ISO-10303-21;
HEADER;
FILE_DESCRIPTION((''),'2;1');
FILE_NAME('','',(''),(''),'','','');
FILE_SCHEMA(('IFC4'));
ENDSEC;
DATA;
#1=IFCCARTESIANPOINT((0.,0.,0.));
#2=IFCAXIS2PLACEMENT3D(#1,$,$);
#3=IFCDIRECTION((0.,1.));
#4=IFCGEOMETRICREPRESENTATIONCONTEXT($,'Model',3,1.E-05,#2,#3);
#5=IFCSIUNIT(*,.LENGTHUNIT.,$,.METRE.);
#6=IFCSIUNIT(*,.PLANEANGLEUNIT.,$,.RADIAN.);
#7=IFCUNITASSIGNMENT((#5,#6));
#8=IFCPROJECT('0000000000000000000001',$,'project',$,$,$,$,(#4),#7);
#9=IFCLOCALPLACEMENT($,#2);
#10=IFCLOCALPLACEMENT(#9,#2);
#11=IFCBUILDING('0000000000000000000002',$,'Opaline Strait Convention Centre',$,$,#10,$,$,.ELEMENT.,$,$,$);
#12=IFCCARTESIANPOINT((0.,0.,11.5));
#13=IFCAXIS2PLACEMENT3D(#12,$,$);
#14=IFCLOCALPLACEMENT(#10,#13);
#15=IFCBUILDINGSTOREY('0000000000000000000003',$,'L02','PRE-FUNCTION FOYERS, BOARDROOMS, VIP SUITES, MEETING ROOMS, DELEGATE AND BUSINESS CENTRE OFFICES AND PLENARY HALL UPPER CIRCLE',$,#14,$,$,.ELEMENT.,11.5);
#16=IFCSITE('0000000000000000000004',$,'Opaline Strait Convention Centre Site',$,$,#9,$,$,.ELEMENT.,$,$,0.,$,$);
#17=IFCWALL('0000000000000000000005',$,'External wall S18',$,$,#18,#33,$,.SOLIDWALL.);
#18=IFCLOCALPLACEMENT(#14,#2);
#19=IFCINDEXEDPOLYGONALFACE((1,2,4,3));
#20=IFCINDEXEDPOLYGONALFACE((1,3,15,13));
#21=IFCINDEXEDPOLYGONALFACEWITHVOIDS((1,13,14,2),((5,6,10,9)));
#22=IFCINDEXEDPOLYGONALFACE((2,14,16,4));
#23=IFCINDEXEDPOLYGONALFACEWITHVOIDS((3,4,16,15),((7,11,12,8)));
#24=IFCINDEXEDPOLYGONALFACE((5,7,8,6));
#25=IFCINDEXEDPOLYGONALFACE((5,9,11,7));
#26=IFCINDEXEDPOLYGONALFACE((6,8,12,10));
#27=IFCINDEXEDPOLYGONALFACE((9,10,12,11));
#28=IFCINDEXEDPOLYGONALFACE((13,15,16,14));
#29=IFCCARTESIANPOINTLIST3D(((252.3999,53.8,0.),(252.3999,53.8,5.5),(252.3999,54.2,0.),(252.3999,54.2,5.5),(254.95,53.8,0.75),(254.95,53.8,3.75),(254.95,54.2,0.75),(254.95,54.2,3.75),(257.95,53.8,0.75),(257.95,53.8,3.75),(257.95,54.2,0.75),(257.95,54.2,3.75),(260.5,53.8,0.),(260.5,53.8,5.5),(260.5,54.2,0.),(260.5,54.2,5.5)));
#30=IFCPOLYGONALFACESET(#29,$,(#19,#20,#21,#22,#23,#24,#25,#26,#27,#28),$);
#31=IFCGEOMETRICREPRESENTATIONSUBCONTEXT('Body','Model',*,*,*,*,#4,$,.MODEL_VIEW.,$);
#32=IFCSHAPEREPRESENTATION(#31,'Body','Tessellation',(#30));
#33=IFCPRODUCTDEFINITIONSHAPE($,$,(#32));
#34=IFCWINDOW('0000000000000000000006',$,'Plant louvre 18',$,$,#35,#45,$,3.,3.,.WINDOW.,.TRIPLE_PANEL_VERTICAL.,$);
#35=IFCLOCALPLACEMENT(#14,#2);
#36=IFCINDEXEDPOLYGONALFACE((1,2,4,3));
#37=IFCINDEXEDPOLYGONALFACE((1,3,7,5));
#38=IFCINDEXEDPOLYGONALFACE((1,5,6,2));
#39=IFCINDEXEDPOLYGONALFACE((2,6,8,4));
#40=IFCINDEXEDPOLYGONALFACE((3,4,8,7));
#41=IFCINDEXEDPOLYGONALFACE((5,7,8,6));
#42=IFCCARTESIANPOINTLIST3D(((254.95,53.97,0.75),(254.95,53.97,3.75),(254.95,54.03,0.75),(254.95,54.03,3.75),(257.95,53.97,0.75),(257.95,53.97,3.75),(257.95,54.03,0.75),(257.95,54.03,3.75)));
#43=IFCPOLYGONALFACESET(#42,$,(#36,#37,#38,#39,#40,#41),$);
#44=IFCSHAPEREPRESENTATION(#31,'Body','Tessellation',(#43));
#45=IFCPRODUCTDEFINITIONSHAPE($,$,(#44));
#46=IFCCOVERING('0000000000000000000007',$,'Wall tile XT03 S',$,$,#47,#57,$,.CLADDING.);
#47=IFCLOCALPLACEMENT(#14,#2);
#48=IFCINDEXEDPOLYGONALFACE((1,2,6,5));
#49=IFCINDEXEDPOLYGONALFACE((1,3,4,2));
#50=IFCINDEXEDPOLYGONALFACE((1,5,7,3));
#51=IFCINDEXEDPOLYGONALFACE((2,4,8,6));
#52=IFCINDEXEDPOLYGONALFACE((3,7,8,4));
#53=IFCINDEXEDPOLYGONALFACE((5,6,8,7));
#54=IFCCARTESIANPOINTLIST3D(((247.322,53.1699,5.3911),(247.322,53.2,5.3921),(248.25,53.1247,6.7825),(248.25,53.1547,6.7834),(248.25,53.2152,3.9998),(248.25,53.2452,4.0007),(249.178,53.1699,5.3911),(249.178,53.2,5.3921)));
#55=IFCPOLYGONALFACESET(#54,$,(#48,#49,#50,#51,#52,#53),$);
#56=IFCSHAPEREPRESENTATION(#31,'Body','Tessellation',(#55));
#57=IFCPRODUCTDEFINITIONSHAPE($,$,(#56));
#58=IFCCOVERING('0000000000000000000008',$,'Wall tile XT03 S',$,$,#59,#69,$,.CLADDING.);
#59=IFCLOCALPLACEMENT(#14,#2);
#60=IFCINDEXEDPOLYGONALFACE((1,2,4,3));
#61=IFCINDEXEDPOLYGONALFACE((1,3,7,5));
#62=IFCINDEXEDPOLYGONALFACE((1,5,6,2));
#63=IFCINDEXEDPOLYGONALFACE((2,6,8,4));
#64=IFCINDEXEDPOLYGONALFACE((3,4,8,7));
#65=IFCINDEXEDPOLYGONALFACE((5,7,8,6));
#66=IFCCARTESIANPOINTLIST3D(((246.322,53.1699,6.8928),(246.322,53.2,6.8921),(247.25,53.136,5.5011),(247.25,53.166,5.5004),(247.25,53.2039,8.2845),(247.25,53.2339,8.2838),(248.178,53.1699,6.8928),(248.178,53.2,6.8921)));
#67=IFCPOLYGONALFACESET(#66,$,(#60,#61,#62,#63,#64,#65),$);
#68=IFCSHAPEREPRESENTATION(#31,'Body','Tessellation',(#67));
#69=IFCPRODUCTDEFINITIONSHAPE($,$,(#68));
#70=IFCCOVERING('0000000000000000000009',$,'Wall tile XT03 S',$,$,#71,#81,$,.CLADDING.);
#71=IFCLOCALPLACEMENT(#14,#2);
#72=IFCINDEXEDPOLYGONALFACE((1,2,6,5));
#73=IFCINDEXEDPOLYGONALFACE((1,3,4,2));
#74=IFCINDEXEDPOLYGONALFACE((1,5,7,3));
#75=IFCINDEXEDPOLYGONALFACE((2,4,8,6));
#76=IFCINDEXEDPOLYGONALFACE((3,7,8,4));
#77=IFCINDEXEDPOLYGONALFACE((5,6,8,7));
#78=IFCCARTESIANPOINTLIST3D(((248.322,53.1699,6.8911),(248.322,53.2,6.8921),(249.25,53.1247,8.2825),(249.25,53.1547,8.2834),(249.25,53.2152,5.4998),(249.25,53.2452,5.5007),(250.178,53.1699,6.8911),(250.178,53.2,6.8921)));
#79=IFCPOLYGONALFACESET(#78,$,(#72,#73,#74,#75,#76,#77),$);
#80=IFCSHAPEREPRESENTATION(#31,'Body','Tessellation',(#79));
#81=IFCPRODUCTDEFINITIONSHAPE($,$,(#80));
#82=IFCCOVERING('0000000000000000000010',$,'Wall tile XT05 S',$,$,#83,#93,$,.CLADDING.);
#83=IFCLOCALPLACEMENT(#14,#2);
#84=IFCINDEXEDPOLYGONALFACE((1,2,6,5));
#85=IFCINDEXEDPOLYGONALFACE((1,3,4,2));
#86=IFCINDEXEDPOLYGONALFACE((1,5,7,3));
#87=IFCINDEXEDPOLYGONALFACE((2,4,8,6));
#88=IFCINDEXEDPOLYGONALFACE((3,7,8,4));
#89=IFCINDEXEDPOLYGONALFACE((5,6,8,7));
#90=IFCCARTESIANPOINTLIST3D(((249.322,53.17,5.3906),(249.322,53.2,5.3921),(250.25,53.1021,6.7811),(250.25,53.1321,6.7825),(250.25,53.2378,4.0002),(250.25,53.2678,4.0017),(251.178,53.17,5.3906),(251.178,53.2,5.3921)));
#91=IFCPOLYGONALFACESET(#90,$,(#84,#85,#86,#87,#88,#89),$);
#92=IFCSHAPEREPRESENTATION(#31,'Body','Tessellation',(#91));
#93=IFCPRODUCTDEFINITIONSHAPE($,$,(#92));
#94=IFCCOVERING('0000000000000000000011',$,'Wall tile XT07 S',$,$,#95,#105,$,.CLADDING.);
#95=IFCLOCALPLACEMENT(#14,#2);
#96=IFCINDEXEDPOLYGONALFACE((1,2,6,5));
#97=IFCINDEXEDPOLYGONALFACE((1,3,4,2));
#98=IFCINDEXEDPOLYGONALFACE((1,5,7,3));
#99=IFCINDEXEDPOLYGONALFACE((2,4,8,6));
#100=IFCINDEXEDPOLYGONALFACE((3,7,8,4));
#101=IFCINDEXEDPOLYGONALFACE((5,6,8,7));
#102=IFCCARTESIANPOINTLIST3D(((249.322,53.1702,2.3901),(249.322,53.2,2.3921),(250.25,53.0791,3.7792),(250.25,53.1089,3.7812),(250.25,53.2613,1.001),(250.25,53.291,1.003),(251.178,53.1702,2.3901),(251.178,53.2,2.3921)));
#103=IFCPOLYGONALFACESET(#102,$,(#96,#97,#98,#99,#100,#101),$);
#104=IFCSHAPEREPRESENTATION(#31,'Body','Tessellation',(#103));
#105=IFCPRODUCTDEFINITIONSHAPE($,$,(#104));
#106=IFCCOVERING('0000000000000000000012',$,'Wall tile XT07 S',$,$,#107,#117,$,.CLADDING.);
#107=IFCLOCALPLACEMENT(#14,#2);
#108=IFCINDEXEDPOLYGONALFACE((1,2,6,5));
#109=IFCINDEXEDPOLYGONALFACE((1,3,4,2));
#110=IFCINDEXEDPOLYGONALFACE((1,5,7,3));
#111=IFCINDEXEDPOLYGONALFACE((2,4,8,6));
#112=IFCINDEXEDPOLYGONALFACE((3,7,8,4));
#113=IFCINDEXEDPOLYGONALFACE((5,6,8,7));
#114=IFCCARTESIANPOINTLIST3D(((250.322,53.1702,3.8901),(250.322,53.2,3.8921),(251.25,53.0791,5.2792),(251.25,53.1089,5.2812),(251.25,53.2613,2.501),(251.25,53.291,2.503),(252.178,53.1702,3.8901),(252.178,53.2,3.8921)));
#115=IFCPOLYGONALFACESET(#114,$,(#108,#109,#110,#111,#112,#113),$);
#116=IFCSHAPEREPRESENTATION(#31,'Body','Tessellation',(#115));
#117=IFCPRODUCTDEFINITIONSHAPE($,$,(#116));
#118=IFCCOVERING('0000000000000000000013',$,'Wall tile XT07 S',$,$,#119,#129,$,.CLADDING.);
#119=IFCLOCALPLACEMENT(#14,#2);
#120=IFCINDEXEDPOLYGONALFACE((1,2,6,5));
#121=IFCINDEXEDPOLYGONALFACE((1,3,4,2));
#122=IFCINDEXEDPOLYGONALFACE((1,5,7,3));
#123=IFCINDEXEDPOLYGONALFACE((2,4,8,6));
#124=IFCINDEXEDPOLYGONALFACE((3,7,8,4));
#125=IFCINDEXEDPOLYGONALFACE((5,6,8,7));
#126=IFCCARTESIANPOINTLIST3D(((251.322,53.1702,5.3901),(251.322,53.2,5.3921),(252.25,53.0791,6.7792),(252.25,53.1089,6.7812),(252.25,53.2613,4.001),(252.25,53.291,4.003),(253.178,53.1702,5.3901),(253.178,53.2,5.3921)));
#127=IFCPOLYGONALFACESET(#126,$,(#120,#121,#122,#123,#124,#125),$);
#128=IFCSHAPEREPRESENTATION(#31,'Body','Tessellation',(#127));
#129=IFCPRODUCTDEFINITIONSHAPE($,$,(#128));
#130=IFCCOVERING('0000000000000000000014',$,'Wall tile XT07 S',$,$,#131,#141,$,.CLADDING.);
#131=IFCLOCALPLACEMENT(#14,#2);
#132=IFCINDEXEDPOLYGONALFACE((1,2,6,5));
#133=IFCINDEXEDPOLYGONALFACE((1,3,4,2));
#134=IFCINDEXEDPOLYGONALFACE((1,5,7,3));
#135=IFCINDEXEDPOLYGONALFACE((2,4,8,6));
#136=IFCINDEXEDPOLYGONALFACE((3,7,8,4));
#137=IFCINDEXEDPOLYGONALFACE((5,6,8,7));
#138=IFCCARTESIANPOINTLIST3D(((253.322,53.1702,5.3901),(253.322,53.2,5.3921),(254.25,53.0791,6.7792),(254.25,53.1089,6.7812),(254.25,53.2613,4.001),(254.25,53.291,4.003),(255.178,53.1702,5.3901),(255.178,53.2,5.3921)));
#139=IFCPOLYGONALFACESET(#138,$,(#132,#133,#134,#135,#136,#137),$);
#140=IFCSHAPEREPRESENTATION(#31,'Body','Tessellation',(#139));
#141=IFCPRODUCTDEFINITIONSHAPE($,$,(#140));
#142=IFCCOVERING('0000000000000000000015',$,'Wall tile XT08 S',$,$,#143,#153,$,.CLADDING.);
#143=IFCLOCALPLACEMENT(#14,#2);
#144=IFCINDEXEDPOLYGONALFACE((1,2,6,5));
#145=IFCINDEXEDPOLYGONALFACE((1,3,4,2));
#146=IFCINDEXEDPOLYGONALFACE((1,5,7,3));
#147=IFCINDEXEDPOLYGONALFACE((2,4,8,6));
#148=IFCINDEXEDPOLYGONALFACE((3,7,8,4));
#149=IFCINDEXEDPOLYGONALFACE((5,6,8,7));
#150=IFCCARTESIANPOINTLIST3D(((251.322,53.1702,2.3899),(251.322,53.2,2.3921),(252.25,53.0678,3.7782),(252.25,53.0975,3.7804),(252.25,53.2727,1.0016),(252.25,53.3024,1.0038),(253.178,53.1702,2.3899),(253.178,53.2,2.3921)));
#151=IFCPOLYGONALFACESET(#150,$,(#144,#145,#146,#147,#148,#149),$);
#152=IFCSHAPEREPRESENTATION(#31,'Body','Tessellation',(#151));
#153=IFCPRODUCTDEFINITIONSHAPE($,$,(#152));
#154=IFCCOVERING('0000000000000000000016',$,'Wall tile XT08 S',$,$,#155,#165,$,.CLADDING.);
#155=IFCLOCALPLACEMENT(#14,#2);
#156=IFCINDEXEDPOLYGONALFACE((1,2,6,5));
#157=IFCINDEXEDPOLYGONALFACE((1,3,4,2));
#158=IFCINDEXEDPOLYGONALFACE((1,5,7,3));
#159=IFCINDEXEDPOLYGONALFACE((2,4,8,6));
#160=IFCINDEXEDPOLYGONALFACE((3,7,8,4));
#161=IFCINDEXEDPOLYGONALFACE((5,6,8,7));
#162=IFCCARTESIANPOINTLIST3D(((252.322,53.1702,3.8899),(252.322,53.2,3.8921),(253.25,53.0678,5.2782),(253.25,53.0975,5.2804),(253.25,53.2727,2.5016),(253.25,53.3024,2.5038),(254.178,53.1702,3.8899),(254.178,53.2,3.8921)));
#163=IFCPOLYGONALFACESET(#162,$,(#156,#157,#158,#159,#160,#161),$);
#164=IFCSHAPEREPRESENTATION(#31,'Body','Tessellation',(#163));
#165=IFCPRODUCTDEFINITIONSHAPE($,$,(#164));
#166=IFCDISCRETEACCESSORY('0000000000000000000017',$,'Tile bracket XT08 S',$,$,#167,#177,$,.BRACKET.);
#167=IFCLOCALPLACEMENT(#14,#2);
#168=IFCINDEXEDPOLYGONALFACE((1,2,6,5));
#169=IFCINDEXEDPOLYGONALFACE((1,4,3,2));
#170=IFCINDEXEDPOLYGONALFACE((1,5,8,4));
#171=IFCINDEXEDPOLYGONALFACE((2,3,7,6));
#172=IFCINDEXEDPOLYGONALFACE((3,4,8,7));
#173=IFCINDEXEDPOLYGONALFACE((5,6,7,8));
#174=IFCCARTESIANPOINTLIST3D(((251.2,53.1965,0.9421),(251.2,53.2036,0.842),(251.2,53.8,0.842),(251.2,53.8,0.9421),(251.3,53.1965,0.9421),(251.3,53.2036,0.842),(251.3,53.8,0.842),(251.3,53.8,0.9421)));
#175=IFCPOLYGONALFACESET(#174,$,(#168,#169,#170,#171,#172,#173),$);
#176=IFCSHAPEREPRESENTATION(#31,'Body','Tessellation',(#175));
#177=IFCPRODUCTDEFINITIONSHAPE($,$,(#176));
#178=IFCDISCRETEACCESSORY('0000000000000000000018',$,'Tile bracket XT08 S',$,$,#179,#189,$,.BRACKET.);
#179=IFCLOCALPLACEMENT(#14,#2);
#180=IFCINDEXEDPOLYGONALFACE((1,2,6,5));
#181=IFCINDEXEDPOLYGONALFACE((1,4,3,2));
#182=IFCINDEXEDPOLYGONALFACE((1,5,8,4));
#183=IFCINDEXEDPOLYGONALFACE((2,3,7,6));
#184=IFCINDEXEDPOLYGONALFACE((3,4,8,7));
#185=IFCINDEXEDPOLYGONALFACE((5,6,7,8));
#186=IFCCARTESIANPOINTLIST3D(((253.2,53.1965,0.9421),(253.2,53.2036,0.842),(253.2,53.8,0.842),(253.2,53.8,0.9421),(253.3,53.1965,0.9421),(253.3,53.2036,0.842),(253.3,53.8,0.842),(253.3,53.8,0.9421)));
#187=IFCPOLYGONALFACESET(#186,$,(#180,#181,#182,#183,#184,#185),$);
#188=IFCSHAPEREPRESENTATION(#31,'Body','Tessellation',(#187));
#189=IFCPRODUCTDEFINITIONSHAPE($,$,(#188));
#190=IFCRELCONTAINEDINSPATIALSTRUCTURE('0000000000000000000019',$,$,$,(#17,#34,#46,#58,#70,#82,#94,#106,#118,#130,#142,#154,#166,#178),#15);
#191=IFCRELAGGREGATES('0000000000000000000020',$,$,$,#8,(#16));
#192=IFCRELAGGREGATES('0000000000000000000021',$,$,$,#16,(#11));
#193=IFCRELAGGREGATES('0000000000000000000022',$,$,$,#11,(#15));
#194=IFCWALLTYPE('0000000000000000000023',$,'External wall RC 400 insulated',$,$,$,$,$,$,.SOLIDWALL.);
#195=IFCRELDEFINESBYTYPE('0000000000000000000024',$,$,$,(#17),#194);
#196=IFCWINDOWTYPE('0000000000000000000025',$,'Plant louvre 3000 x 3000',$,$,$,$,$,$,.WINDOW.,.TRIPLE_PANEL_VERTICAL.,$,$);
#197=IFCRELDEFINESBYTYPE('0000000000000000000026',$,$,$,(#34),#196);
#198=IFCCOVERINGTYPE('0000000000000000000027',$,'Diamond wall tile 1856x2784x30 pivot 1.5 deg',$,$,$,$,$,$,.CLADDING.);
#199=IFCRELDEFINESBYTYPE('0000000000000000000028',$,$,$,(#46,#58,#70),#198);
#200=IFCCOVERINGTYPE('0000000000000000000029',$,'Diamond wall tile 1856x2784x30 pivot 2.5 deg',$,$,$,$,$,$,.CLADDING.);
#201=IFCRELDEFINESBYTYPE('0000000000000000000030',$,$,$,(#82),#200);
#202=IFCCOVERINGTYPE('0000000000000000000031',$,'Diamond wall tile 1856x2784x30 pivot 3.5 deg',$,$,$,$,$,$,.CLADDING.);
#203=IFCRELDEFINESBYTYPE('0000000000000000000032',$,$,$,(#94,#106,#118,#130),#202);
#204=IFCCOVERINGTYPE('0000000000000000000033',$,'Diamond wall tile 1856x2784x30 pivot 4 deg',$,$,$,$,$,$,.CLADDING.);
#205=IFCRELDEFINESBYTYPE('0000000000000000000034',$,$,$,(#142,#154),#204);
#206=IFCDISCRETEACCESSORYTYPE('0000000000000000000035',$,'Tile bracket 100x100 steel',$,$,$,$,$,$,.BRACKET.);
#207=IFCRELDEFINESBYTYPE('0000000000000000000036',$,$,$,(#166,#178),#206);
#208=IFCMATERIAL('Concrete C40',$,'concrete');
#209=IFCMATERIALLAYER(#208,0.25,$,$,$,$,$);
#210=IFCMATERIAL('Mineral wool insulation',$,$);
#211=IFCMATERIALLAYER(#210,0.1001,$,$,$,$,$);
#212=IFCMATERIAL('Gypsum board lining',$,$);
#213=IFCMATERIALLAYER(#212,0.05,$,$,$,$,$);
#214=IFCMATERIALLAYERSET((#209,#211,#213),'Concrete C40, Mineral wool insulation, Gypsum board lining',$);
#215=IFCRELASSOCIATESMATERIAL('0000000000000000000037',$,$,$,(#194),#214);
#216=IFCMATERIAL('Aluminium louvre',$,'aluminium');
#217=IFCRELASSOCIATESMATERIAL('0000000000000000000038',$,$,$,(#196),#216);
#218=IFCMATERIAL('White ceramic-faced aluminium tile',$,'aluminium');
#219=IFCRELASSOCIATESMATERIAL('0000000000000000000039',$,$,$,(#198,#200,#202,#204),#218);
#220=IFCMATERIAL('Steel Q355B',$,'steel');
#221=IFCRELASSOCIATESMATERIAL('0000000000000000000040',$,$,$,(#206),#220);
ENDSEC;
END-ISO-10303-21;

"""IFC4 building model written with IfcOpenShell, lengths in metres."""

from ifc_helpers import new_model, si_unit, direction, frame, frame_2d, origin, place, context, subcontext, project, spatial, polyline, rectangle, outline, extrude, material, layer, layer_set, material_profile, profile_set, type_object, element, fill, save


model = new_model("IFC4")

# Units and contexts
model_context = context("Model", 3, precision=1e-05, world=origin(), true_north=direction((0.0, 1.0)))
body_context = subcontext(model_context, "Body", "Model", "MODEL_VIEW")
ifc_project = project(units=[si_unit("LENGTHUNIT", "METRE"), si_unit("PLANEANGLEUNIT", "RADIAN")], contexts=[model_context])

# Site, building, storey
site_placement = place(None, origin())
site = spatial("IfcSite", under=ifc_project, at=site_placement, Name="Opaline Strait Convention Centre Site", CompositionType="ELEMENT", RefElevation=0.0)
building_placement = place(site_placement, origin())
building = spatial("IfcBuilding", under=site, at=building_placement, Name="Opaline Strait Convention Centre", CompositionType="ELEMENT")
storey_placement = place(building_placement, frame((0.0, 0.0, 11.5)))
storey = spatial("IfcBuildingStorey", under=building, at=storey_placement, Name="L02", Description="PRE-FUNCTION FOYERS, BOARDROOMS, VIP SUITES, MEETING ROOMS, DELEGATE AND BUSINESS CENTRE OFFICES AND PLENARY HALL UPPER CIRCLE", CompositionType="ELEMENT", Elevation=11.5)

# Wall, opening, window
ifc_material_1 = material(Name="Concrete C40", Category="concrete")
ifc_layer_1 = layer(ifc_material_1, 0.25)
ifc_material_2 = material(Name="Mineral wool insulation")
ifc_layer_2 = layer(ifc_material_2, 0.1001)
ifc_material_3 = material(Name="Gypsum board lining")
ifc_layer_3 = layer(ifc_material_3, 0.05)
ifc_layer_set = layer_set([ifc_layer_1, ifc_layer_2, ifc_layer_3], Name="Concrete C40, Mineral wool insulation, Gypsum board lining")
wall_type = type_object("IfcWallType", Name="External wall RC 400 insulated", PredefinedType="SOLIDWALL", material=ifc_layer_set)
wall_placement = place(storey_placement, frame((252.3999, 54.0, 0.0), z_axis=(0.0, 0.0, 1.0), x_axis=(1.0, 0.0, 0.0)))
wall = element("IfcWall", 1, at=wall_placement, inside=storey, type_object=wall_type, Name="External wall S18", PredefinedType="SOLIDWALL", context=body_context, shape_type="SweptSolid", body=[
    extrude(rectangle(XDim=8.1001, YDim=0.3999, at=frame_2d((4.05, 0.0))), origin(), (0.0, 0.0, 1.0), 5.5),
])
opening_placement = place(wall_placement, frame((2.55, 0.0, 0.75)))
opening = element("IfcOpeningElement", 2, at=opening_placement, cuts=wall, PredefinedType="OPENING", context=body_context, shape_type="SweptSolid", body=[
    extrude(rectangle(XDim=3.0, YDim=3.0, at=frame_2d((1.5, 1.5))), frame((0.0, 0.21, 0.0), z_axis=(0.0, -1.0, 0.0), x_axis=(1.0, 0.0, 0.0)), (0.0, 0.0, 1.0), 0.4199),
])
ifc_material_4 = material(Name="Aluminium louvre", Category="aluminium")
window_type = type_object("IfcWindowType", Name="Plant louvre 3000 x 3000", PartitioningType="TRIPLE_PANEL_VERTICAL", PredefinedType="WINDOW", material=ifc_material_4)
window_placement = place(opening_placement, origin())
window = element("IfcWindow", 3, at=window_placement, inside=storey, type_object=window_type, Name="Plant louvre 18", OverallHeight=3.0, OverallWidth=3.0, PartitioningType="TRIPLE_PANEL_VERTICAL", PredefinedType="WINDOW", context=body_context, shape_type="SweptSolid", body=[
    extrude(rectangle(XDim=3.0, YDim=3.0, at=frame_2d((1.5, 1.5))), frame((0.0, 0.03, 0.0), z_axis=(0.0, -1.0, 0.0), x_axis=(1.0, 0.0, 0.0)), (0.0, 0.0, 1.0), 0.0601),
])
fill(opening, window)

# Coverings
ifc_material_5 = material(Name="White ceramic-faced aluminium tile", Category="aluminium")
ifc_material_profile_1 = material_profile(ifc_material_5, outline(polyline([(0.928, 0.0), (0.0, 1.3921), (-0.928, 0.0), (0.0, -1.3921), (0.928, 0.0)])), Name="Diamond tile 1856x2784")
ifc_profile_set_1 = profile_set([ifc_material_profile_1], Name="White ceramic-faced aluminium tile")
covering_type_1 = type_object("IfcCoveringType", Name="Diamond wall tile 1856x2784x30 pivot 1.5 deg", PredefinedType="CLADDING", material=ifc_profile_set_1)
for number, where, z_axis, x_axis, name in (
    (4, (248.25, 53.2, 5.3921), (0.0, -0.999472, -0.032503), (1.0, 0.0, 0.0), "Wall tile XT03 S"),
    (5, (247.25, 53.2, 6.8921), (0.0, -0.999703, 0.024383), (1.0, 0.0, 0.0), "Wall tile XT03 S"),
    (6, (249.25, 53.2, 6.8921), (0.0, -0.999472, -0.032503), (1.0, 0.0, 0.0), "Wall tile XT03 S"),
):
    element("IfcCovering", number, at=place(storey_placement, frame(where, z_axis=z_axis, x_axis=x_axis)), inside=storey, type_object=covering_type_1, Name=name, PredefinedType="CLADDING", context=body_context, shape_type="SweptSolid", body=[
        extrude(outline(polyline([(0.928, 0.0), (0.0, 1.3921), (-0.928, 0.0), (0.0, -1.3921), (0.928, 0.0)])), origin(), (0.0, 0.0, 1.0), 0.03),
    ])
ifc_material_profile_2 = material_profile(ifc_material_5, outline(polyline([(0.928, 0.0), (0.0, 1.3921), (-0.928, 0.0), (0.0, -1.3921), (0.928, 0.0)])), Name="Diamond tile 1856x2784")
ifc_profile_set_2 = profile_set([ifc_material_profile_2], Name="White ceramic-faced aluminium tile")
covering_type_2 = type_object("IfcCoveringType", Name="Diamond wall tile 1856x2784x30 pivot 2.5 deg", PredefinedType="CLADDING", material=ifc_profile_set_2)
covering_placement = place(storey_placement, frame((250.25, 53.2, 5.3921), z_axis=(0.0, -0.998812, -0.048723), x_axis=(1.0, 0.0, 0.0)))
element("IfcCovering", 7, at=covering_placement, inside=storey, type_object=covering_type_2, Name="Wall tile XT05 S", PredefinedType="CLADDING", context=body_context, shape_type="SweptSolid", body=[
    extrude(outline(polyline([(0.928, 0.0), (0.0, 1.3921), (-0.928, 0.0), (0.0, -1.3921), (0.928, 0.0)])), origin(), (0.0, 0.0, 1.0), 0.03),
])
ifc_material_profile_3 = material_profile(ifc_material_5, outline(polyline([(0.928, 0.0), (0.0, 1.3921), (-0.928, 0.0), (0.0, -1.3921), (0.928, 0.0)])), Name="Diamond tile 1856x2784")
ifc_profile_set_3 = profile_set([ifc_material_profile_3], Name="White ceramic-faced aluminium tile")
covering_type_3 = type_object("IfcCoveringType", Name="Diamond wall tile 1856x2784x30 pivot 3.5 deg", PredefinedType="CLADDING", material=ifc_profile_set_3)
for number, where, z_axis, x_axis, name in (
    (8, (250.25, 53.2, 2.3921), (0.0, -0.997857, -0.065433), (1.0, 0.0, 0.0), "Wall tile XT07 S"),
    (9, (251.25, 53.2, 3.8921), (0.0, -0.997857, -0.065433), (1.0, 0.0, 0.0), "Wall tile XT07 S"),
    (10, (252.25, 53.2, 5.3921), (0.0, -0.997857, -0.065433), (1.0, 0.0, 0.0), "Wall tile XT07 S"),
    (11, (254.25, 53.2, 5.3921), (0.0, -0.997857, -0.065433), (1.0, 0.0, 0.0), "Wall tile XT07 S"),
):
    element("IfcCovering", number, at=place(storey_placement, frame(where, z_axis=z_axis, x_axis=x_axis)), inside=storey, type_object=covering_type_3, Name=name, PredefinedType="CLADDING", context=body_context, shape_type="SweptSolid", body=[
        extrude(outline(polyline([(0.928, 0.0), (0.0, 1.3921), (-0.928, 0.0), (0.0, -1.3921), (0.928, 0.0)])), origin(), (0.0, 0.0, 1.0), 0.0298),
    ])
ifc_material_profile_4 = material_profile(ifc_material_5, outline(polyline([(0.928, 0.0), (0.0, 1.3921), (-0.928, 0.0), (0.0, -1.3921), (0.928, 0.0)])), Name="Diamond tile 1856x2784")
ifc_profile_set_4 = profile_set([ifc_material_profile_4], Name="White ceramic-faced aluminium tile")
covering_type_4 = type_object("IfcCoveringType", Name="Diamond wall tile 1856x2784x30 pivot 4 deg", PredefinedType="CLADDING", material=ifc_profile_set_4)
for number, where, z_axis, x_axis, name in (
    (12, (252.25, 53.2, 2.3921), (0.0, -0.99729, -0.073571), (1.0, 0.0, 0.0), "Wall tile XT08 S"),
    (13, (253.25, 53.2, 3.8921), (0.0, -0.99729, -0.073571), (1.0, 0.0, 0.0), "Wall tile XT08 S"),
):
    element("IfcCovering", number, at=place(storey_placement, frame(where, z_axis=z_axis, x_axis=x_axis)), inside=storey, type_object=covering_type_4, Name=name, PredefinedType="CLADDING", context=body_context, shape_type="SweptSolid", body=[
        extrude(outline(polyline([(0.928, 0.0), (0.0, 1.3921), (-0.928, 0.0), (0.0, -1.3921), (0.928, 0.0)])), origin(), (0.0, 0.0, 1.0), 0.0298),
    ])

# Discrete accessories
ifc_material_6 = material(Name="Steel Q355B", Category="steel")
discrete_accessory_type = type_object("IfcDiscreteAccessoryType", Name="Tile bracket 100x100 steel", PredefinedType="BRACKET", material=ifc_material_6)
for number, where, z_axis, x_axis, name in (
    (14, (251.2, 53.8, 0.8921), (1.0, 0.0, 0.0), (0.0, 1.0, 0.0), "Tile bracket XT08 S"),
    (15, (253.2, 53.8, 0.8921), (1.0, 0.0, 0.0), (0.0, 1.0, 0.0), "Tile bracket XT08 S"),
):
    element("IfcDiscreteAccessory", number, at=place(storey_placement, frame(where, z_axis=z_axis, x_axis=x_axis)), inside=storey, type_object=discrete_accessory_type, Name=name, PredefinedType="BRACKET", context=body_context, shape_type="SweptSolid", body=[
        extrude(outline(polyline([(0.0, -0.05), (0.0, 0.05), (-0.6035, 0.05), (-0.5964, -0.05), (0.0, -0.05)])), origin(), (0.0, 0.0, 1.0), 0.1001),
    ])

save(model, "model.ifc")
